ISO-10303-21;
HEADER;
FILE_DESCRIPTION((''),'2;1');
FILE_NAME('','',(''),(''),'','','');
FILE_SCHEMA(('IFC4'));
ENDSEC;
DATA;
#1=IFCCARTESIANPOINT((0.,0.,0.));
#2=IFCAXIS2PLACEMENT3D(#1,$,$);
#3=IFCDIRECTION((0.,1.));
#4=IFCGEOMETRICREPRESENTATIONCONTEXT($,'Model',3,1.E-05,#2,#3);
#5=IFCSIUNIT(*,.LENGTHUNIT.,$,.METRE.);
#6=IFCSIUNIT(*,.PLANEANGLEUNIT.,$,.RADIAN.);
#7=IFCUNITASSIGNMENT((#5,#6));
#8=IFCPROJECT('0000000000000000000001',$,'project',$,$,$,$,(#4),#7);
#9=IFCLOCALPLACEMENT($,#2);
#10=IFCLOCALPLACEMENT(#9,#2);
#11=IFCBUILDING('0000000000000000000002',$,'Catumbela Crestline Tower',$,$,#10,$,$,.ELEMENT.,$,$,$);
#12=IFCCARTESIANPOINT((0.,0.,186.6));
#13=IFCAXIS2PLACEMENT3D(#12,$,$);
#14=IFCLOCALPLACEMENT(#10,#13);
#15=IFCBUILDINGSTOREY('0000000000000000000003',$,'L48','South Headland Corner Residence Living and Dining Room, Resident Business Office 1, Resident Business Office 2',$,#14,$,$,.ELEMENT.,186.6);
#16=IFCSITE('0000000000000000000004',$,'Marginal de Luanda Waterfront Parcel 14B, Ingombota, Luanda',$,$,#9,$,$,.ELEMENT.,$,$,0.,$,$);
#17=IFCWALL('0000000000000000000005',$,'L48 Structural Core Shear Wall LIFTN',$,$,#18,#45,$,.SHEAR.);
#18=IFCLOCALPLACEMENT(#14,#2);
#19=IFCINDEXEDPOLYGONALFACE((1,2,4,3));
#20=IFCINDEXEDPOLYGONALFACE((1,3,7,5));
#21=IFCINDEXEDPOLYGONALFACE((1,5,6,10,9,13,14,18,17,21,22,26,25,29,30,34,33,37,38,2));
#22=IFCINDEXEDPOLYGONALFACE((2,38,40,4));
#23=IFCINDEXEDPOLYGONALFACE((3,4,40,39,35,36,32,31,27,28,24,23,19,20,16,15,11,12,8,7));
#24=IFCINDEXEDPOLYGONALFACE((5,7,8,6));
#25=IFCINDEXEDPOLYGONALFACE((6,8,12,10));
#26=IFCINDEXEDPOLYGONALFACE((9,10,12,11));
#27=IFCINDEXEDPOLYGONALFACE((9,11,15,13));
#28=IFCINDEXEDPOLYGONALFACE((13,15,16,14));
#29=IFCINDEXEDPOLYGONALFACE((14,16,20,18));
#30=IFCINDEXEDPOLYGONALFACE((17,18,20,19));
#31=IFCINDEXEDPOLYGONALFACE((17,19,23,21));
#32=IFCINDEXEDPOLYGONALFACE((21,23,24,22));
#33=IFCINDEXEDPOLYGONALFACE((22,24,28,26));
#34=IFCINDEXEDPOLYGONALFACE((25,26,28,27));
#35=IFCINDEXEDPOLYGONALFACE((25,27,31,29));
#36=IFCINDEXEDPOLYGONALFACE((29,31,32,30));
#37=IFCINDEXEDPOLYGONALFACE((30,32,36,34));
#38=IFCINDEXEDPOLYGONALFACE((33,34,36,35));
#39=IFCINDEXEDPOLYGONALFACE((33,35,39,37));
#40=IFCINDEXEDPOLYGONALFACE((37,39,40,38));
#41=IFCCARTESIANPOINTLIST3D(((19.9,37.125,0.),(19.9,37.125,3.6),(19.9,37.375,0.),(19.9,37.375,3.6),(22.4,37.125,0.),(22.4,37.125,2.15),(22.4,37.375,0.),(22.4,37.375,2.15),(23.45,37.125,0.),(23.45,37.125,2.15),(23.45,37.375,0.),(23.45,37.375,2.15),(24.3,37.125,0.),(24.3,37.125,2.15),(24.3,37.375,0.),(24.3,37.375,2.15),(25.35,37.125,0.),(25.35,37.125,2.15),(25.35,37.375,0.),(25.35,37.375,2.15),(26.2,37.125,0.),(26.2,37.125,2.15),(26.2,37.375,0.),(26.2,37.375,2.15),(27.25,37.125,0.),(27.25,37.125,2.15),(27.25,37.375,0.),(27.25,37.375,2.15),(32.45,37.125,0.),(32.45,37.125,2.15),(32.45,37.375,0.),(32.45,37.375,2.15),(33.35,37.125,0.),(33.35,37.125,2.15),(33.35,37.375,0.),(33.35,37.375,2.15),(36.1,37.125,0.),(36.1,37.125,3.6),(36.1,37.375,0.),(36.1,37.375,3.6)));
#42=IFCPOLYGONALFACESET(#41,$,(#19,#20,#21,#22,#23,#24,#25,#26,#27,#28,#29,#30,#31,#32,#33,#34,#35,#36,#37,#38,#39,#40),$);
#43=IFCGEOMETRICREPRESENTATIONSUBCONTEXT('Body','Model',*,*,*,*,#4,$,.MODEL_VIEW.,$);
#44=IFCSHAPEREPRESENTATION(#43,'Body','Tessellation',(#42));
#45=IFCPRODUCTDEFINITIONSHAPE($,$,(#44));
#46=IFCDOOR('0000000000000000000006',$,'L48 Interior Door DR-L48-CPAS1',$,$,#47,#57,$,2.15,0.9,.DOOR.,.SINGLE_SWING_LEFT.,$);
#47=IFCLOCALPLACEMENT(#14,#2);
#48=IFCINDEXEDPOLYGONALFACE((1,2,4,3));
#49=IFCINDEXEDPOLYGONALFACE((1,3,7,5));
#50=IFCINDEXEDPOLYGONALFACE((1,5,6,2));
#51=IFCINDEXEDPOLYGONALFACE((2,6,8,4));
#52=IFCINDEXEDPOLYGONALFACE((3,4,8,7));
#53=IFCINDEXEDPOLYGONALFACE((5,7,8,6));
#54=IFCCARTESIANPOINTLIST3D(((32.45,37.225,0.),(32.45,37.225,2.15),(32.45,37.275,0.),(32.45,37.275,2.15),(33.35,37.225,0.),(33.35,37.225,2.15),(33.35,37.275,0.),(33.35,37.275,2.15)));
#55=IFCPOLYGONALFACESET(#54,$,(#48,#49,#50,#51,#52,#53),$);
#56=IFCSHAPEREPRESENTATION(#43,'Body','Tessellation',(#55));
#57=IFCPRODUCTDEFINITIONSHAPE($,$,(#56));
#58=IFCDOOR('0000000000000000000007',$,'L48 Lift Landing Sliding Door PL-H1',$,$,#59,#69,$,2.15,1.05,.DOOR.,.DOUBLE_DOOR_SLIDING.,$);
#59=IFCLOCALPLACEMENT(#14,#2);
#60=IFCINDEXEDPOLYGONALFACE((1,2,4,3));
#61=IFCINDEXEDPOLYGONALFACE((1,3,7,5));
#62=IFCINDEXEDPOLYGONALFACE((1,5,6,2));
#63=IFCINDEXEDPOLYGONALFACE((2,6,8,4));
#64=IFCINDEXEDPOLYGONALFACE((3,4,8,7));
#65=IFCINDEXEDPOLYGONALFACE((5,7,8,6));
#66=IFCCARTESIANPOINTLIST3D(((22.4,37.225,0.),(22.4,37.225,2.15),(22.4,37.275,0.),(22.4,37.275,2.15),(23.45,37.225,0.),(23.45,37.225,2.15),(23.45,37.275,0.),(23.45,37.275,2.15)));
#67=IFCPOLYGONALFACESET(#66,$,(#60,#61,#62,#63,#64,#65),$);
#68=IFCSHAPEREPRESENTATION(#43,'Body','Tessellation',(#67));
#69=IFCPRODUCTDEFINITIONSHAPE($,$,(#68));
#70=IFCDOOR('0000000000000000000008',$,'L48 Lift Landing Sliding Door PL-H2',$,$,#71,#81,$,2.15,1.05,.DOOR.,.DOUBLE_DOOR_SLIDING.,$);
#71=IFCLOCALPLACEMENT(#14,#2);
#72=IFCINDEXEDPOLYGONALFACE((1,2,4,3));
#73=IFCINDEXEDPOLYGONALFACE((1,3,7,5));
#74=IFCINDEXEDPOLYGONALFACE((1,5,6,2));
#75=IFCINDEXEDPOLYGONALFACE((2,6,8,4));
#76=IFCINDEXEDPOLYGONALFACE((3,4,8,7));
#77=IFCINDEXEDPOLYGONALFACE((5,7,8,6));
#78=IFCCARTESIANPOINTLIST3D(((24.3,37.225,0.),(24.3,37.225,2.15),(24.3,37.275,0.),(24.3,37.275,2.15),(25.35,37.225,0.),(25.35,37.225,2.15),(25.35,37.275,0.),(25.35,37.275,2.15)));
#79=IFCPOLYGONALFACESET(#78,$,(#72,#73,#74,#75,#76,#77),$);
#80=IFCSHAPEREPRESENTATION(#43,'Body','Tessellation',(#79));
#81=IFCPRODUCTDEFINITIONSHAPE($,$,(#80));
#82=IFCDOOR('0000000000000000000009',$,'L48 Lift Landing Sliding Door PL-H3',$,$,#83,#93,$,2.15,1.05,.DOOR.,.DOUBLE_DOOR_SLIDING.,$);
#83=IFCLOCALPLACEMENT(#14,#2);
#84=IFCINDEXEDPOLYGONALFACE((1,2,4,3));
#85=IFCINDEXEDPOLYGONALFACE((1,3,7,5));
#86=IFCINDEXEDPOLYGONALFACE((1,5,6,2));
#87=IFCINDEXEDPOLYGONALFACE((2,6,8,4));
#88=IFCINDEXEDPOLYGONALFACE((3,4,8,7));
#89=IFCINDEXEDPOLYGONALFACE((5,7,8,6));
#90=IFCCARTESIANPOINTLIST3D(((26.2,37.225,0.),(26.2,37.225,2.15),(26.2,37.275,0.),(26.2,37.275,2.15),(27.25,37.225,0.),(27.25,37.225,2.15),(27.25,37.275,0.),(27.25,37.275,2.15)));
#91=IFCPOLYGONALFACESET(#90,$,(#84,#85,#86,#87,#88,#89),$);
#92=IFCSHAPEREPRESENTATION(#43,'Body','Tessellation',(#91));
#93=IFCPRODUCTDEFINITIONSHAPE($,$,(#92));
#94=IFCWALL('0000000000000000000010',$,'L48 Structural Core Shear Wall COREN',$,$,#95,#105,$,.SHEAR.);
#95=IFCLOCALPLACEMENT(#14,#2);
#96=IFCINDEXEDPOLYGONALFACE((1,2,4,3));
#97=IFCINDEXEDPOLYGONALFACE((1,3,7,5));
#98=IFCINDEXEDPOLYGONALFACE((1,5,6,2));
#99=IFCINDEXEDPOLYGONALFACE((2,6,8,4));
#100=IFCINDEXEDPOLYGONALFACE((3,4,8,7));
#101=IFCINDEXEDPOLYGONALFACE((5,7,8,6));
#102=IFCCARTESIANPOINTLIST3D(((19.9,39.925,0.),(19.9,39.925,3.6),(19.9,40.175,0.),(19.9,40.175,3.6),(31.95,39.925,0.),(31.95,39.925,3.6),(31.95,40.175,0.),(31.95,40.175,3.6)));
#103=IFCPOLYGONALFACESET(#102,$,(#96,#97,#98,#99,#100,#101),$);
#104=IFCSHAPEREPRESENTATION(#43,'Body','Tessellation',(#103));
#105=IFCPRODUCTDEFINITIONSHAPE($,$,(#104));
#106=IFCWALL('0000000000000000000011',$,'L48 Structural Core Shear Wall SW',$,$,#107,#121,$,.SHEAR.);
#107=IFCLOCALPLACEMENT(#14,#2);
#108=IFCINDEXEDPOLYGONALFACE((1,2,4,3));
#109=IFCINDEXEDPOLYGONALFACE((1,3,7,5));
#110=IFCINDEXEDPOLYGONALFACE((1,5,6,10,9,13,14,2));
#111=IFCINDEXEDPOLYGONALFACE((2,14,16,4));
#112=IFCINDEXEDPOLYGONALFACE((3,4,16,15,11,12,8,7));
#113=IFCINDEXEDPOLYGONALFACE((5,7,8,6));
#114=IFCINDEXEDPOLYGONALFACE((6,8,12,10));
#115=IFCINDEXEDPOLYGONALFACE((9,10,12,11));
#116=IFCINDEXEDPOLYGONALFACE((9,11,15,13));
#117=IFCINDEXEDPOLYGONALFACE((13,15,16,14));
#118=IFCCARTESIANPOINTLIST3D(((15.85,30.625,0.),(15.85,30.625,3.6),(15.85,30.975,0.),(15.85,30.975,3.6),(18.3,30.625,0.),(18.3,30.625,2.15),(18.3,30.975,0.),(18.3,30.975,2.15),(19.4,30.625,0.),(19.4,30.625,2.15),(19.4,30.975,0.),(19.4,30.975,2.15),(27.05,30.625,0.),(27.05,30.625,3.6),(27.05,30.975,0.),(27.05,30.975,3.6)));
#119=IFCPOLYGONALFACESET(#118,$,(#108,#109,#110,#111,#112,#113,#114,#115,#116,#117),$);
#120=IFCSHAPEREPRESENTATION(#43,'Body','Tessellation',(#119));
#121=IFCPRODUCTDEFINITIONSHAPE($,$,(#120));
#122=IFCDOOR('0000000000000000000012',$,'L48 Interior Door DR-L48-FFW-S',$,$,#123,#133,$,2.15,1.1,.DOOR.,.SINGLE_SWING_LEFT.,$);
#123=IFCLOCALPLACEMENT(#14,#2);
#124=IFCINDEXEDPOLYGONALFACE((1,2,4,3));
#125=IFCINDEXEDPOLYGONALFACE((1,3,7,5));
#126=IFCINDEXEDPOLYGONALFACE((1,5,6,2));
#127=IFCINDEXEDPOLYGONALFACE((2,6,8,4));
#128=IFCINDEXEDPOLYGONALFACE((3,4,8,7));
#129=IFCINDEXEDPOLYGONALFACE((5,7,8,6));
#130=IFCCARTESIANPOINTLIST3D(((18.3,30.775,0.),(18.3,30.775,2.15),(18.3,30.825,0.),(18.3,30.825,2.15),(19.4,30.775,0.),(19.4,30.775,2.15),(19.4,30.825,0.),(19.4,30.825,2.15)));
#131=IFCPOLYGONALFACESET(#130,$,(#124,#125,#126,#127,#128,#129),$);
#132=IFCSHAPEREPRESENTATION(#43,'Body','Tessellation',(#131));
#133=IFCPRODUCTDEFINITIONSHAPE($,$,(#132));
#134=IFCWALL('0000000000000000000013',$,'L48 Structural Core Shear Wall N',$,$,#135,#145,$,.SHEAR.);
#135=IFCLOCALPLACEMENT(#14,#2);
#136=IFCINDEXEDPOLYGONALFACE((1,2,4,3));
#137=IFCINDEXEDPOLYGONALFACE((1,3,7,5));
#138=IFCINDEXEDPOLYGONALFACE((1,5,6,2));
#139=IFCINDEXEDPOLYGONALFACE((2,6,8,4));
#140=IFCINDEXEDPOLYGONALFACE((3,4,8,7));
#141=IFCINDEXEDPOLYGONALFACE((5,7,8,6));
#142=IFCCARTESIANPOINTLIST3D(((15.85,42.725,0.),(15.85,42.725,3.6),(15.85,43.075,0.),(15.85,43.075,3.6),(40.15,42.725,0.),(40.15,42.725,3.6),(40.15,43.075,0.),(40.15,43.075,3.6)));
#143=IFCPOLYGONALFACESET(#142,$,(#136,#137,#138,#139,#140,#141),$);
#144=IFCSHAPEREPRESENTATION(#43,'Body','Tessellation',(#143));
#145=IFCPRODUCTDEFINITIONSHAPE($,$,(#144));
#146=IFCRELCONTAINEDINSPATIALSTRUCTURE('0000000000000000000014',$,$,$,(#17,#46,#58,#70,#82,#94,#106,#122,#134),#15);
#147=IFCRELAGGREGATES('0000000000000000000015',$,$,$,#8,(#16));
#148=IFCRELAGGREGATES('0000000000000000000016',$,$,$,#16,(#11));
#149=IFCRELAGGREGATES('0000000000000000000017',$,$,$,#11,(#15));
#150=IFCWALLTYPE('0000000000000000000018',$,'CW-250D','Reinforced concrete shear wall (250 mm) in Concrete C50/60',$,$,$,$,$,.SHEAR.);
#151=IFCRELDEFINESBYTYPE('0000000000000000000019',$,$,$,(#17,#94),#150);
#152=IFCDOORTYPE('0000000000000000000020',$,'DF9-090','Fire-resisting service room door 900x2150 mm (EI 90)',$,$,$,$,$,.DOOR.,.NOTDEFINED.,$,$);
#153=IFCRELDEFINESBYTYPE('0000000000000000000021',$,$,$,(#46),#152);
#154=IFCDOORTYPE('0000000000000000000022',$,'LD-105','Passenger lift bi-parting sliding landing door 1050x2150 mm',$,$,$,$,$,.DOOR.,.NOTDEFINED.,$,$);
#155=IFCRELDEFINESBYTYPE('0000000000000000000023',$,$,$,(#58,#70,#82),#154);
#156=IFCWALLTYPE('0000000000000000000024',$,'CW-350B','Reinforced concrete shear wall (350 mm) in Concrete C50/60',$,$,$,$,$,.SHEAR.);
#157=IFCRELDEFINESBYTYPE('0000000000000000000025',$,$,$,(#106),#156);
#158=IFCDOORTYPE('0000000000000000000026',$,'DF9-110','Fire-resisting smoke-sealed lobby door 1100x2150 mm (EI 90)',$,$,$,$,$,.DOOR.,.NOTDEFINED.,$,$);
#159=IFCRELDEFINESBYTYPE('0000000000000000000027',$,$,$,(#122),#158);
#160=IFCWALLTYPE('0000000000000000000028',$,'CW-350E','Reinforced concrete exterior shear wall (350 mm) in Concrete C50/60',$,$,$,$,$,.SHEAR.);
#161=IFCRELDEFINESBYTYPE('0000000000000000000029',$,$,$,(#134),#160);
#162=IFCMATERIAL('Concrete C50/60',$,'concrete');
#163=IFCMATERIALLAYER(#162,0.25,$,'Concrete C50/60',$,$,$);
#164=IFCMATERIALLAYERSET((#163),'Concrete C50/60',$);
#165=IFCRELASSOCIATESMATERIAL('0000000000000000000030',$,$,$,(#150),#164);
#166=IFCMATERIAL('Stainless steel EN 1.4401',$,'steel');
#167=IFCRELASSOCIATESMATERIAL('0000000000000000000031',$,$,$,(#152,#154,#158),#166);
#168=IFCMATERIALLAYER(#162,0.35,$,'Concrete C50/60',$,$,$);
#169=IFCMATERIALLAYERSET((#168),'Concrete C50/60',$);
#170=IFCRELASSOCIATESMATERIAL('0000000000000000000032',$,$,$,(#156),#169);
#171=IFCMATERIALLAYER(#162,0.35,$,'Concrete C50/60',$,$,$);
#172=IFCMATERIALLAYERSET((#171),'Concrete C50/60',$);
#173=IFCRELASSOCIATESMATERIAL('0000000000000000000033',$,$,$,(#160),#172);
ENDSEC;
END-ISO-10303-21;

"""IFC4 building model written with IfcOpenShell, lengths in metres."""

from ifc_helpers import new_model, si_unit, direction, frame, frame_2d, origin, place, context, subcontext, project, spatial, rectangle, extrude, material, layer, layer_set, type_object, element, fill, save


model = new_model("IFC4")

# Units and contexts
model_context = context("Model", 3, precision=1e-05, world=origin(), true_north=direction((0.0, 1.0)))
body_context = subcontext(model_context, "Body", "Model", "MODEL_VIEW")
ifc_project = project(units=[si_unit("LENGTHUNIT", "METRE"), si_unit("PLANEANGLEUNIT", "RADIAN")], contexts=[model_context])

# Site, building, storey
site_placement = place(None, origin())
site = spatial("IfcSite", under=ifc_project, at=site_placement, Name="Marginal de Luanda Waterfront Parcel 14B, Ingombota, Luanda", CompositionType="ELEMENT", RefElevation=0.0)
building_placement = place(site_placement, origin())
building = spatial("IfcBuilding", under=site, at=building_placement, Name="Catumbela Crestline Tower", CompositionType="ELEMENT")
storey_placement = place(building_placement, frame((0.0, 0.0, 186.6)))
storey = spatial("IfcBuildingStorey", under=building, at=storey_placement, Name="L48", Description="South Headland Corner Residence Living and Dining Room, Resident Business Office 1, Resident Business Office 2", CompositionType="ELEMENT", Elevation=186.6)

# Shared definitions
ifc_material_1 = material(Name="Concrete C50/60", Category="concrete")
ifc_layer_1 = layer(ifc_material_1, 0.25, Name="Concrete C50/60")
ifc_layer_set_1 = layer_set([ifc_layer_1], Name="Concrete C50/60")
wall_type_1 = type_object("IfcWallType", Name="CW-250D", Description="Reinforced concrete shear wall (250 mm) in Concrete C50/60", PredefinedType="SHEAR", material=ifc_layer_set_1)

# Wall, openings, doors
ifc_material_2 = material(Name="Stainless steel EN 1.4401", Category="steel")
wall_1_placement = place(storey_placement, frame((19.9, 37.25, 0.0), z_axis=(0.0, 0.0, 1.0), x_axis=(1.0, 0.0, 0.0)))
wall_1 = element("IfcWall", 1, at=wall_1_placement, inside=storey, type_object=wall_type_1, Name="L48 Structural Core Shear Wall LIFTN", PredefinedType="SHEAR", context=body_context, shape_type="SweptSolid", body=[
    extrude(rectangle(XDim=16.2, YDim=0.25, at=frame_2d((8.1, 0.0))), origin(), (0.0, 0.0, 1.0), 3.6),
])
opening_1_placement = place(wall_1_placement, frame((12.55, 0.0, 0.0)))
opening_1 = element("IfcOpeningElement", 2, at=opening_1_placement, cuts=wall_1, PredefinedType="OPENING", context=body_context, shape_type="SweptSolid", body=[
    extrude(rectangle(XDim=0.9, YDim=2.15, at=frame_2d((0.45, 1.075))), frame((0.0, 0.135, 0.0), z_axis=(0.0, -1.0, 0.0), x_axis=(1.0, 0.0, 0.0)), (0.0, 0.0, 1.0), 0.27),
])
opening_2_placement = place(wall_1_placement, frame((2.5, 0.0, 0.0)))
opening_2 = element("IfcOpeningElement", 3, at=opening_2_placement, cuts=wall_1, PredefinedType="OPENING", context=body_context, shape_type="SweptSolid", body=[
    extrude(rectangle(XDim=1.05, YDim=2.15, at=frame_2d((0.525, 1.075))), frame((0.0, 0.135, 0.0), z_axis=(0.0, -1.0, 0.0), x_axis=(1.0, 0.0, 0.0)), (0.0, 0.0, 1.0), 0.27),
])
opening_3_placement = place(wall_1_placement, frame((4.4, 0.0, 0.0)))
opening_3 = element("IfcOpeningElement", 4, at=opening_3_placement, cuts=wall_1, PredefinedType="OPENING", context=body_context, shape_type="SweptSolid", body=[
    extrude(rectangle(XDim=1.05, YDim=2.15, at=frame_2d((0.525, 1.075))), frame((0.0, 0.135, 0.0), z_axis=(0.0, -1.0, 0.0), x_axis=(1.0, 0.0, 0.0)), (0.0, 0.0, 1.0), 0.27),
])
opening_4_placement = place(wall_1_placement, frame((6.3, 0.0, 0.0)))
opening_4 = element("IfcOpeningElement", 5, at=opening_4_placement, cuts=wall_1, PredefinedType="OPENING", context=body_context, shape_type="SweptSolid", body=[
    extrude(rectangle(XDim=1.05, YDim=2.15, at=frame_2d((0.525, 1.075))), frame((0.0, 0.135, 0.0), z_axis=(0.0, -1.0, 0.0), x_axis=(1.0, 0.0, 0.0)), (0.0, 0.0, 1.0), 0.27),
])
door_type_1 = type_object("IfcDoorType", Name="DF9-090", Description="Fire-resisting service room door 900x2150 mm (EI 90)", OperationType="NOTDEFINED", PredefinedType="DOOR", material=ifc_material_2)
door_1_placement = place(opening_1_placement, origin())
door_1 = element("IfcDoor", 6, at=door_1_placement, inside=storey, type_object=door_type_1, Name="L48 Interior Door DR-L48-CPAS1", OperationType="SINGLE_SWING_LEFT", OverallHeight=2.15, OverallWidth=0.9, PredefinedType="DOOR", context=body_context, shape_type="SweptSolid", body=[
    extrude(rectangle(XDim=0.9, YDim=2.15, at=frame_2d((0.45, 1.075))), frame((0.0, 0.025, 0.0), z_axis=(0.0, -1.0, 0.0), x_axis=(1.0, 0.0, 0.0)), (0.0, 0.0, 1.0), 0.05),
])
fill(opening_1, door_1)
door_type_2 = type_object("IfcDoorType", Name="LD-105", Description="Passenger lift bi-parting sliding landing door 1050x2150 mm", OperationType="NOTDEFINED", PredefinedType="DOOR", material=ifc_material_2)
door_2_placement = place(opening_2_placement, origin())
door_2 = element("IfcDoor", 7, at=door_2_placement, inside=storey, type_object=door_type_2, Name="L48 Lift Landing Sliding Door PL-H1", OperationType="DOUBLE_DOOR_SLIDING", OverallHeight=2.15, OverallWidth=1.05, PredefinedType="DOOR", context=body_context, shape_type="SweptSolid", body=[
    extrude(rectangle(XDim=1.05, YDim=2.15, at=frame_2d((0.525, 1.075))), frame((0.0, 0.025, 0.0), z_axis=(0.0, -1.0, 0.0), x_axis=(1.0, 0.0, 0.0)), (0.0, 0.0, 1.0), 0.05),
])
fill(opening_2, door_2)
door_3_placement = place(opening_3_placement, origin())
door_3 = element("IfcDoor", 8, at=door_3_placement, inside=storey, type_object=door_type_2, Name="L48 Lift Landing Sliding Door PL-H2", OperationType="DOUBLE_DOOR_SLIDING", OverallHeight=2.15, OverallWidth=1.05, PredefinedType="DOOR", context=body_context, shape_type="SweptSolid", body=[
    extrude(rectangle(XDim=1.05, YDim=2.15, at=frame_2d((0.525, 1.075))), frame((0.0, 0.025, 0.0), z_axis=(0.0, -1.0, 0.0), x_axis=(1.0, 0.0, 0.0)), (0.0, 0.0, 1.0), 0.05),
])
fill(opening_3, door_3)
door_4_placement = place(opening_4_placement, origin())
door_4 = element("IfcDoor", 9, at=door_4_placement, inside=storey, type_object=door_type_2, Name="L48 Lift Landing Sliding Door PL-H3", OperationType="DOUBLE_DOOR_SLIDING", OverallHeight=2.15, OverallWidth=1.05, PredefinedType="DOOR", context=body_context, shape_type="SweptSolid", body=[
    extrude(rectangle(XDim=1.05, YDim=2.15, at=frame_2d((0.525, 1.075))), frame((0.0, 0.025, 0.0), z_axis=(0.0, -1.0, 0.0), x_axis=(1.0, 0.0, 0.0)), (0.0, 0.0, 1.0), 0.05),
])
fill(opening_4, door_4)

# Wall
wall_2_placement = place(storey_placement, frame((19.9, 40.05, 0.0), z_axis=(0.0, 0.0, 1.0), x_axis=(1.0, 0.0, 0.0)))
element("IfcWall", 10, at=wall_2_placement, inside=storey, type_object=wall_type_1, Name="L48 Structural Core Shear Wall COREN", PredefinedType="SHEAR", context=body_context, shape_type="SweptSolid", body=[
    extrude(rectangle(XDim=12.05, YDim=0.25, at=frame_2d((6.025, 0.0))), origin(), (0.0, 0.0, 1.0), 3.6),
])

# Wall, opening, door
ifc_layer_2 = layer(ifc_material_1, 0.35, Name="Concrete C50/60")
ifc_layer_set_2 = layer_set([ifc_layer_2], Name="Concrete C50/60")
wall_type_2 = type_object("IfcWallType", Name="CW-350B", Description="Reinforced concrete shear wall (350 mm) in Concrete C50/60", PredefinedType="SHEAR", material=ifc_layer_set_2)
wall_3_placement = place(storey_placement, frame((15.85, 30.8, 0.0), z_axis=(0.0, 0.0, 1.0), x_axis=(1.0, 0.0, 0.0)))
wall_3 = element("IfcWall", 11, at=wall_3_placement, inside=storey, type_object=wall_type_2, Name="L48 Structural Core Shear Wall SW", PredefinedType="SHEAR", context=body_context, shape_type="SweptSolid", body=[
    extrude(rectangle(XDim=11.2, YDim=0.35, at=frame_2d((5.6, 0.0))), origin(), (0.0, 0.0, 1.0), 3.6),
])
opening_5_placement = place(wall_3_placement, frame((2.45, 0.0, 0.0)))
opening_5 = element("IfcOpeningElement", 12, at=opening_5_placement, cuts=wall_3, PredefinedType="OPENING", context=body_context, shape_type="SweptSolid", body=[
    extrude(rectangle(XDim=1.1, YDim=2.15, at=frame_2d((0.55, 1.075))), frame((0.0, 0.185, 0.0), z_axis=(0.0, -1.0, 0.0), x_axis=(1.0, 0.0, 0.0)), (0.0, 0.0, 1.0), 0.37),
])
door_type_3 = type_object("IfcDoorType", Name="DF9-110", Description="Fire-resisting smoke-sealed lobby door 1100x2150 mm (EI 90)", OperationType="NOTDEFINED", PredefinedType="DOOR", material=ifc_material_2)
door_5_placement = place(opening_5_placement, origin())
door_5 = element("IfcDoor", 13, at=door_5_placement, inside=storey, type_object=door_type_3, Name="L48 Interior Door DR-L48-FFW-S", OperationType="SINGLE_SWING_LEFT", OverallHeight=2.15, OverallWidth=1.1, PredefinedType="DOOR", context=body_context, shape_type="SweptSolid", body=[
    extrude(rectangle(XDim=1.1, YDim=2.15, at=frame_2d((0.55, 1.075))), frame((0.0, 0.025, 0.0), z_axis=(0.0, -1.0, 0.0), x_axis=(1.0, 0.0, 0.0)), (0.0, 0.0, 1.0), 0.05),
])
fill(opening_5, door_5)

# Wall
ifc_layer_3 = layer(ifc_material_1, 0.35, Name="Concrete C50/60")
ifc_layer_set_3 = layer_set([ifc_layer_3], Name="Concrete C50/60")
wall_type_3 = type_object("IfcWallType", Name="CW-350E", Description="Reinforced concrete exterior shear wall (350 mm) in Concrete C50/60", PredefinedType="SHEAR", material=ifc_layer_set_3)
wall_4_placement = place(storey_placement, frame((15.85, 42.9, 0.0), z_axis=(0.0, 0.0, 1.0), x_axis=(1.0, 0.0, 0.0)))
element("IfcWall", 14, at=wall_4_placement, inside=storey, type_object=wall_type_3, Name="L48 Structural Core Shear Wall N", PredefinedType="SHEAR", context=body_context, shape_type="SweptSolid", body=[
    extrude(rectangle(XDim=24.3, YDim=0.35, at=frame_2d((12.15, 0.0))), origin(), (0.0, 0.0, 1.0), 3.6),
])

save(model, "model.ifc")
